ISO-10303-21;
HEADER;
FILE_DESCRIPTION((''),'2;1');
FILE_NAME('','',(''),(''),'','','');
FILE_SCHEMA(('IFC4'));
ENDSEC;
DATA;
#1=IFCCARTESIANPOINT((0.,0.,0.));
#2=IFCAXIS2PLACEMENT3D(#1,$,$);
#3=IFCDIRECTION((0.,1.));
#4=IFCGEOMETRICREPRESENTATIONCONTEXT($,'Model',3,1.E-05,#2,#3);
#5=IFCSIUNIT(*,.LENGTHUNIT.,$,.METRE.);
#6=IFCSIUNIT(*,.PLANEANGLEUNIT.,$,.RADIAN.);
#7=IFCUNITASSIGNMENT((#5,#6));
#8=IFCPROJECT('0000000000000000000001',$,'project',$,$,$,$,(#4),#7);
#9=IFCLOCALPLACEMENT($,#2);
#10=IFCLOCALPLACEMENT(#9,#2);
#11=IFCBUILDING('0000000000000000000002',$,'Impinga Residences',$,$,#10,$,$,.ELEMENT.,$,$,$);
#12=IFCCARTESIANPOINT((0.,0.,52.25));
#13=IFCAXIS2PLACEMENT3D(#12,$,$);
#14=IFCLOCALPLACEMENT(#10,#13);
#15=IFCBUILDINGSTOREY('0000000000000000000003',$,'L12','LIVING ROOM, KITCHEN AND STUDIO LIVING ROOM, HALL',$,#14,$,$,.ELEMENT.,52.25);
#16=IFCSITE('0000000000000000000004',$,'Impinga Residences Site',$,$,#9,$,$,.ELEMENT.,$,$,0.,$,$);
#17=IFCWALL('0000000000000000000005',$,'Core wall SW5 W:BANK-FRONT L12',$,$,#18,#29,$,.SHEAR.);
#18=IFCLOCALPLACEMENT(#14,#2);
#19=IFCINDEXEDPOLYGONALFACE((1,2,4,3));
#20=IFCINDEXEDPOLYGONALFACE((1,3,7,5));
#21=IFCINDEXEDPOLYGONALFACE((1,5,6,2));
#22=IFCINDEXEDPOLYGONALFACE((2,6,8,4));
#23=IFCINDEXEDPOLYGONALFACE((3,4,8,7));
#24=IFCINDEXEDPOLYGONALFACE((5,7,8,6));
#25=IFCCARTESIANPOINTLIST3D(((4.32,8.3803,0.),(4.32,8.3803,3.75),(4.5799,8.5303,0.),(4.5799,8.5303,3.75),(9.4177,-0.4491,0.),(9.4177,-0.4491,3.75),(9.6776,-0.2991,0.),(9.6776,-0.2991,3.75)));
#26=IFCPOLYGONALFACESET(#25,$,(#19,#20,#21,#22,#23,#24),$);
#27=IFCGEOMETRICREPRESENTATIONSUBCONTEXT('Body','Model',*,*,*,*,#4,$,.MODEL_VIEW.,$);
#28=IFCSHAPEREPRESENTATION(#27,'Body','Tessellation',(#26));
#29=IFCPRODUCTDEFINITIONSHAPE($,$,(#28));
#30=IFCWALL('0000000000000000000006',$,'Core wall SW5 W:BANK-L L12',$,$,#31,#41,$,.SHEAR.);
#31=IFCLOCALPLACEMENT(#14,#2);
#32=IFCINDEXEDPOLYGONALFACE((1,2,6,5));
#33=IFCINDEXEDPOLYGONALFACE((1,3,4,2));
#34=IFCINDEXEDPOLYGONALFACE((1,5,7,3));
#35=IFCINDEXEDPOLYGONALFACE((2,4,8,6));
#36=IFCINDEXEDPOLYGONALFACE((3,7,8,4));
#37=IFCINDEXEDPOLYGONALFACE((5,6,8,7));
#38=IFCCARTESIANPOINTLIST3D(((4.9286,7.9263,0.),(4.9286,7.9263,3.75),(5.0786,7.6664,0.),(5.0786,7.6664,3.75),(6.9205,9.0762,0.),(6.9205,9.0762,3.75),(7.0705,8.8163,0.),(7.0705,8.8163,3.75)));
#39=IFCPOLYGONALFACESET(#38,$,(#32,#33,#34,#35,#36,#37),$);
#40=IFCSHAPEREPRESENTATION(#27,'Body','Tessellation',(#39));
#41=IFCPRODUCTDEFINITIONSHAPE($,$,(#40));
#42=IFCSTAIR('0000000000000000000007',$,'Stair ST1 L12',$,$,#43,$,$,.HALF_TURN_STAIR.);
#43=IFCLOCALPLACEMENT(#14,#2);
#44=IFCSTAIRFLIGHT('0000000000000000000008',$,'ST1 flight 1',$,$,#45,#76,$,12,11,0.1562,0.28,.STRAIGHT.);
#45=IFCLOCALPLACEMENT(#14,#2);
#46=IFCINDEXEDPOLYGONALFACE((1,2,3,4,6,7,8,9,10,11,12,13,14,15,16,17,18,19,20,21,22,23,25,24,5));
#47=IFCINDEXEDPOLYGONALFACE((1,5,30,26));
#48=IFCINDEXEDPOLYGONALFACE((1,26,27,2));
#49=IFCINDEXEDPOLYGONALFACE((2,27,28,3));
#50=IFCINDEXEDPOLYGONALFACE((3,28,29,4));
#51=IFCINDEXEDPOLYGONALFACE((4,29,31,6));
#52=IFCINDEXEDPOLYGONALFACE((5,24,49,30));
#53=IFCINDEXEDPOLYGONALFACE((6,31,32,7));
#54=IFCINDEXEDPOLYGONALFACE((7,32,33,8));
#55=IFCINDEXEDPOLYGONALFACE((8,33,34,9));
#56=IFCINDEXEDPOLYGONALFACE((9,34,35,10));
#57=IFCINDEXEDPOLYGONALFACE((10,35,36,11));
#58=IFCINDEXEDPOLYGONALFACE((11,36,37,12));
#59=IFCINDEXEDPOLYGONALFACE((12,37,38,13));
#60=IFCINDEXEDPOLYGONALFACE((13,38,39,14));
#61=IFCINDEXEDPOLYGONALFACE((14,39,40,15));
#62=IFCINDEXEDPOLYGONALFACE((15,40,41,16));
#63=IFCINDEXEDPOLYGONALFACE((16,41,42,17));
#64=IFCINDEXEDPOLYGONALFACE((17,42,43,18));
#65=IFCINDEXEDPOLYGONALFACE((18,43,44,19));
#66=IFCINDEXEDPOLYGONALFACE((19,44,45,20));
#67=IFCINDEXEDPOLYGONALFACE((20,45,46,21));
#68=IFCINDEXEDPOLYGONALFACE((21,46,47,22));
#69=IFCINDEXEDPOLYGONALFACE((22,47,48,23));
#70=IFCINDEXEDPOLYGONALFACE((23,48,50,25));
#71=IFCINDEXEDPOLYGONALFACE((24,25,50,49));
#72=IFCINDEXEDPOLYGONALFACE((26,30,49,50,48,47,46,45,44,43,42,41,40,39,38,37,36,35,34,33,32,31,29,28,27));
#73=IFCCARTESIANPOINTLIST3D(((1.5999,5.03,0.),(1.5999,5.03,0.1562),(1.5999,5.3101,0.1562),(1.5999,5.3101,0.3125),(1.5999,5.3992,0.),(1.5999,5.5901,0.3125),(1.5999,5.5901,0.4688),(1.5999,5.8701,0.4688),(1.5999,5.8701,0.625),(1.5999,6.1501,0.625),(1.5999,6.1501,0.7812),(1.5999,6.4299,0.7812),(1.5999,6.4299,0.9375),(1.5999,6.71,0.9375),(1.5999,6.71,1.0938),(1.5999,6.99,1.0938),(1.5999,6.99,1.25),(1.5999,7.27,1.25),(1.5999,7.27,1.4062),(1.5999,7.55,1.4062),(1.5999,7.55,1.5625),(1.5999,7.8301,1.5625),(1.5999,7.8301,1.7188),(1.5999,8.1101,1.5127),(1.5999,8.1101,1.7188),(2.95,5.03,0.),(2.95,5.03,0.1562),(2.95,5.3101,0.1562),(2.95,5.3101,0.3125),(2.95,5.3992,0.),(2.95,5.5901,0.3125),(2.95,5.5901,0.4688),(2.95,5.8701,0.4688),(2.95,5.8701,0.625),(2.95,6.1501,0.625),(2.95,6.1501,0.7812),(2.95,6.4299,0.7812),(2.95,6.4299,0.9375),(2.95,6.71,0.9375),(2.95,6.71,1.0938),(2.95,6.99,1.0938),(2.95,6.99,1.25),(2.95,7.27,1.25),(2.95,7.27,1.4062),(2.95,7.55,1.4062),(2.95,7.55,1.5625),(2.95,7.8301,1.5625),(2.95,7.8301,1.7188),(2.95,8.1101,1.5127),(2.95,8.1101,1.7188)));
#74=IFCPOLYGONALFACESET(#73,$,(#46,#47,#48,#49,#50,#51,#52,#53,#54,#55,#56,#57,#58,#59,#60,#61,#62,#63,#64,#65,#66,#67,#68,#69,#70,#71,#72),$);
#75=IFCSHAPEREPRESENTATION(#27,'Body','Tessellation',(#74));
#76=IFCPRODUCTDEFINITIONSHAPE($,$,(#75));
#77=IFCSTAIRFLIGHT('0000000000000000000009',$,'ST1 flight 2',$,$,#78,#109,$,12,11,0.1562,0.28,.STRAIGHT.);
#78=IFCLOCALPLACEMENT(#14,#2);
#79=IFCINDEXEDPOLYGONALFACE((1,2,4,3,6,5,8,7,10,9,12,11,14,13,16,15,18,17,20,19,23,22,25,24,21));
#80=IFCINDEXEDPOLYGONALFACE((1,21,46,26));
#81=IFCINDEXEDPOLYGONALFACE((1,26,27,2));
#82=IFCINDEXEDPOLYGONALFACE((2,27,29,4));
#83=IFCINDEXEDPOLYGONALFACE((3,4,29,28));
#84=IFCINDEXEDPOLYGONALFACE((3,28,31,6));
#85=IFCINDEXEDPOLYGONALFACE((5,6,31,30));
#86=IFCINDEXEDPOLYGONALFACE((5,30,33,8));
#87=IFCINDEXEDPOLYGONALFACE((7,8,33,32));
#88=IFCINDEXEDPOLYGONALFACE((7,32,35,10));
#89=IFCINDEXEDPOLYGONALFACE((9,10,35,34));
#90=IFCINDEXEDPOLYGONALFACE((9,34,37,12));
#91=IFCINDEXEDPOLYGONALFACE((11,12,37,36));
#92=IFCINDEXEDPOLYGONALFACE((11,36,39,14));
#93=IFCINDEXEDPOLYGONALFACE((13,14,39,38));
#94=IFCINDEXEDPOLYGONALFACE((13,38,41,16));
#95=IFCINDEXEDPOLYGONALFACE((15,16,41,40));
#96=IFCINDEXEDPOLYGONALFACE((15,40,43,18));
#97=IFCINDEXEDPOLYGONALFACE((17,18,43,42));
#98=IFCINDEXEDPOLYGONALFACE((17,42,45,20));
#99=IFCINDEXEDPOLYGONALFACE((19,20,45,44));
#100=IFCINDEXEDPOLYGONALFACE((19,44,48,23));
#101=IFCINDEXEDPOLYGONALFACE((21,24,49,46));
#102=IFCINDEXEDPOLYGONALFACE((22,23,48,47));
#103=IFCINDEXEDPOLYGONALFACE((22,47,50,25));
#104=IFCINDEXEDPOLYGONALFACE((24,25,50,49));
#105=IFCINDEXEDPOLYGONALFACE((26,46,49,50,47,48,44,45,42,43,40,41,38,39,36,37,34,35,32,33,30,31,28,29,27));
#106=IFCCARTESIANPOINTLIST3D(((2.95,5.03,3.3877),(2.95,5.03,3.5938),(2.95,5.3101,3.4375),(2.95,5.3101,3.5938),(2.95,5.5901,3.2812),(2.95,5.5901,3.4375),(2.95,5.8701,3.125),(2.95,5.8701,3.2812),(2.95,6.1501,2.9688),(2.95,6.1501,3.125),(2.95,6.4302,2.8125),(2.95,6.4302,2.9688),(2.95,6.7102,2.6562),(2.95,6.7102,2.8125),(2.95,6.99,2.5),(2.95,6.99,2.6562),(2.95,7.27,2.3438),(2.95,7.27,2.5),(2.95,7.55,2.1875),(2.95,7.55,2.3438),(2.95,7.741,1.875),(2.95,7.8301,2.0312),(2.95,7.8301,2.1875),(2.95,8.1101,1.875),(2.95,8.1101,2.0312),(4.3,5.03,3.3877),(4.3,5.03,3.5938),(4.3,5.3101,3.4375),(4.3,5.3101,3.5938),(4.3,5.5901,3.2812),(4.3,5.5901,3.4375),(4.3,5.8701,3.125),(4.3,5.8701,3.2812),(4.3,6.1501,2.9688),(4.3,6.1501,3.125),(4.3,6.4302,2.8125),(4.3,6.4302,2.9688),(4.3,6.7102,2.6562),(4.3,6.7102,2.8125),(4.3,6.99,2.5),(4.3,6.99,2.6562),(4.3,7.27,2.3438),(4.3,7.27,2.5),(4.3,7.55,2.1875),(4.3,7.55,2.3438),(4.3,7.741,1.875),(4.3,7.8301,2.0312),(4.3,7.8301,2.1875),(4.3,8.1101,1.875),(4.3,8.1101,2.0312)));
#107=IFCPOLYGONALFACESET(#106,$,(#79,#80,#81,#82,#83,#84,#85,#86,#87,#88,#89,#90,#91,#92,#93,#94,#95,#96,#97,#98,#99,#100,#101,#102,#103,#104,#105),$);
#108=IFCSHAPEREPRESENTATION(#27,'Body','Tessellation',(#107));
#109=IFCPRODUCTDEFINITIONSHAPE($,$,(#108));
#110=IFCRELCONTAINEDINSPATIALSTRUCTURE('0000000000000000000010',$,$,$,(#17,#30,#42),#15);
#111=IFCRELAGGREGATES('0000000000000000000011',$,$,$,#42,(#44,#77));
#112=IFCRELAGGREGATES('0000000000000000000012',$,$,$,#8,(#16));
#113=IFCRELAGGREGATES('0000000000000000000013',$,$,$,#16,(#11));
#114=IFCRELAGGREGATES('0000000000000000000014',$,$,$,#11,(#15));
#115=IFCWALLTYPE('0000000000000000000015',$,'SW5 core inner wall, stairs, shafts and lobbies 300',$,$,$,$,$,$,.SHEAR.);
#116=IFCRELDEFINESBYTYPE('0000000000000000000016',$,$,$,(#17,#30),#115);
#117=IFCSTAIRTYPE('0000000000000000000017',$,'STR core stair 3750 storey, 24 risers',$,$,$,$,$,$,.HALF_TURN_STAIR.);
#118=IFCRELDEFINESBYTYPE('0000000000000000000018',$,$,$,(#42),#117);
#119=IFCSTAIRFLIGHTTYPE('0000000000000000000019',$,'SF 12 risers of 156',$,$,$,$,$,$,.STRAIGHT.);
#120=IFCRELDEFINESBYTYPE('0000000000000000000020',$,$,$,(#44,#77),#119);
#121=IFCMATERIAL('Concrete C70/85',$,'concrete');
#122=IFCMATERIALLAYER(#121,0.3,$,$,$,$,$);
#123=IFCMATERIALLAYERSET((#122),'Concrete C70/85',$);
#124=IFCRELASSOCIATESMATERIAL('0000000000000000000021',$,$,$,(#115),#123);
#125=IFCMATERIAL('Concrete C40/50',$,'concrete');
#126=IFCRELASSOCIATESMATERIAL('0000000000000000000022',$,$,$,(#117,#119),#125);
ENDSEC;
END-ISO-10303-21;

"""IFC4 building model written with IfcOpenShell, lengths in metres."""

from ifc_helpers import new_model, si_unit, direction, frame, frame_2d, origin, place, context, subcontext, project, spatial, polyline, rectangle, outline, extrude, material, layer, layer_set, type_object, element, aggregate, save


model = new_model("IFC4")

# Units and contexts
model_context = context("Model", 3, precision=1e-05, world=origin(), true_north=direction((0.0, 1.0)))
body_context = subcontext(model_context, "Body", "Model", "MODEL_VIEW")
ifc_project = project(units=[si_unit("LENGTHUNIT", "METRE"), si_unit("PLANEANGLEUNIT", "RADIAN")], contexts=[model_context])

# Site, building, storey
site_placement = place(None, origin())
site = spatial("IfcSite", under=ifc_project, at=site_placement, Name="Impinga Residences Site", CompositionType="ELEMENT", RefElevation=0.0)
building_placement = place(site_placement, origin())
building = spatial("IfcBuilding", under=site, at=building_placement, Name="Impinga Residences", CompositionType="ELEMENT")
storey_placement = place(building_placement, frame((0.0, 0.0, 52.25)))
storey = spatial("IfcBuildingStorey", under=building, at=storey_placement, Name="L12", Description="LIVING ROOM, KITCHEN AND STUDIO LIVING ROOM, HALL", CompositionType="ELEMENT", Elevation=52.25)

# Shared definitions
ifc_material_1 = material(Name="Concrete C70/85", Category="concrete")

# Shared definitions
ifc_layer_1 = layer(ifc_material_1, 0.3)
ifc_layer_set_1 = layer_set([ifc_layer_1], Name="Concrete C70/85")
wall_type_1 = type_object("IfcWallType", Name="SW5 core inner wall, stairs, shafts and lobbies 300", PredefinedType="SHEAR", material=ifc_layer_set_1)

# Walls
wall_1_placement = place(storey_placement, frame((4.45, 8.4553, 0.0), z_axis=(0.0, 0.0, 1.0), x_axis=(0.500002, -0.866024, 0.0)))
element("IfcWall", 1, at=wall_1_placement, inside=storey, type_object=wall_type_1, Name="Core wall SW5 W:BANK-FRONT L12", PredefinedType="SHEAR", context=body_context, shape_type="SweptSolid", body=[
    extrude(rectangle(XDim=10.1953, YDim=0.3, at=frame_2d((5.0977, 0.0))), origin(), (0.0, 0.0, 1.0), 3.75),
])
wall_2_placement = place(storey_placement, frame((5.0037, 7.7964, 0.0), z_axis=(0.0, 0.0, 1.0), x_axis=(0.866053, 0.499952, 0.0)))
element("IfcWall", 2, at=wall_2_placement, inside=storey, type_object=wall_type_1, Name="Core wall SW5 W:BANK-L L12", PredefinedType="SHEAR", context=body_context, shape_type="SweptSolid", body=[
    extrude(rectangle(XDim=2.3, YDim=0.3, at=frame_2d((1.1499, 0.0))), origin(), (0.0, 0.0, 1.0), 3.75),
])

# Stair, stair flights
ifc_material_2 = material(Name="Concrete C40/50", Category="concrete")
stair_type = type_object("IfcStairType", Name="STR core stair 3750 storey, 24 risers", PredefinedType="HALF_TURN_STAIR", material=ifc_material_2)
stair_placement = place(storey_placement, origin())
stair = element("IfcStair", 3, at=stair_placement, inside=storey, type_object=stair_type, Name="Stair ST1 L12", PredefinedType="HALF_TURN_STAIR")
stair_flight_type = type_object("IfcStairFlightType", Name="SF 12 risers of 156", PredefinedType="STRAIGHT", material=ifc_material_2)
stair_flight_1_placement = place(storey_placement, frame((2.2749, 5.03, 0.0), z_axis=(0.0, 0.0, 1.0), x_axis=(0.0, 1.0, 0.0)))
stair_flight_1 = element("IfcStairFlight", 4, at=stair_flight_1_placement, type_object=stair_flight_type, Name="ST1 flight 1", NumberOfRisers=12, NumberOfTreads=11, PredefinedType="STRAIGHT", RiserHeight=0.1562, TreadLength=0.28, context=body_context, shape_type="SweptSolid", body=[
    extrude(outline(polyline([(0.0, 0.0), (0.0, 0.1562), (0.28, 0.1562), (0.28, 0.3125), (0.5601, 0.3125), (0.5601, 0.4688), (0.8401, 0.4688), (0.8401, 0.625), (1.1201, 0.625), (1.1201, 0.7812), (1.3999, 0.7812), (1.3999, 0.9375), (1.6799, 0.9375), (1.6799, 1.0938), (1.96, 1.0938), (1.96, 1.25), (2.24, 1.25), (2.24, 1.4062), (2.52, 1.4062), (2.52, 1.5625), (2.8, 1.5625), (2.8, 1.7188), (3.0801, 1.7188), (3.0801, 1.875), (3.0801, 1.5127), (0.3691, 0.0), (0.0, 0.0)])), frame((0.0, 0.675, 0.0), z_axis=(0.0, -1.0, 0.0), x_axis=(1.0, 0.0, 0.0)), (0.0, 0.0, 1.0), 1.3501),
])
stair_flight_2_placement = place(storey_placement, frame((3.625, 8.1101, 1.875), z_axis=(0.0, 0.0, 1.0), x_axis=(0.0, -1.0, 0.0)))
stair_flight_2 = element("IfcStairFlight", 5, at=stair_flight_2_placement, type_object=stair_flight_type, Name="ST1 flight 2", NumberOfRisers=12, NumberOfTreads=11, PredefinedType="STRAIGHT", RiserHeight=0.1562, TreadLength=0.28, context=body_context, shape_type="SweptSolid", body=[
    extrude(outline(polyline([(0.0, 0.0), (0.0, 0.1562), (0.28, 0.1562), (0.28, 0.3125), (0.5601, 0.3125), (0.5601, 0.4688), (0.8401, 0.4688), (0.8401, 0.625), (1.1201, 0.625), (1.1201, 0.7812), (1.3999, 0.7812), (1.3999, 0.9375), (1.6799, 0.9375), (1.6799, 1.0938), (1.96, 1.0938), (1.96, 1.25), (2.24, 1.25), (2.24, 1.4062), (2.52, 1.4062), (2.52, 1.5625), (2.8, 1.5625), (2.8, 1.7188), (3.0801, 1.7188), (3.0801, 1.875), (3.0801, 1.5127), (0.3691, 0.0), (0.0, 0.0)])), frame((0.0, 0.675, 0.0), z_axis=(0.0, -1.0, 0.0), x_axis=(1.0, 0.0, 0.0)), (0.0, 0.0, 1.0), 1.3501),
])
aggregate(stair, [stair_flight_1, stair_flight_2])

save(model, "model.ifc")
